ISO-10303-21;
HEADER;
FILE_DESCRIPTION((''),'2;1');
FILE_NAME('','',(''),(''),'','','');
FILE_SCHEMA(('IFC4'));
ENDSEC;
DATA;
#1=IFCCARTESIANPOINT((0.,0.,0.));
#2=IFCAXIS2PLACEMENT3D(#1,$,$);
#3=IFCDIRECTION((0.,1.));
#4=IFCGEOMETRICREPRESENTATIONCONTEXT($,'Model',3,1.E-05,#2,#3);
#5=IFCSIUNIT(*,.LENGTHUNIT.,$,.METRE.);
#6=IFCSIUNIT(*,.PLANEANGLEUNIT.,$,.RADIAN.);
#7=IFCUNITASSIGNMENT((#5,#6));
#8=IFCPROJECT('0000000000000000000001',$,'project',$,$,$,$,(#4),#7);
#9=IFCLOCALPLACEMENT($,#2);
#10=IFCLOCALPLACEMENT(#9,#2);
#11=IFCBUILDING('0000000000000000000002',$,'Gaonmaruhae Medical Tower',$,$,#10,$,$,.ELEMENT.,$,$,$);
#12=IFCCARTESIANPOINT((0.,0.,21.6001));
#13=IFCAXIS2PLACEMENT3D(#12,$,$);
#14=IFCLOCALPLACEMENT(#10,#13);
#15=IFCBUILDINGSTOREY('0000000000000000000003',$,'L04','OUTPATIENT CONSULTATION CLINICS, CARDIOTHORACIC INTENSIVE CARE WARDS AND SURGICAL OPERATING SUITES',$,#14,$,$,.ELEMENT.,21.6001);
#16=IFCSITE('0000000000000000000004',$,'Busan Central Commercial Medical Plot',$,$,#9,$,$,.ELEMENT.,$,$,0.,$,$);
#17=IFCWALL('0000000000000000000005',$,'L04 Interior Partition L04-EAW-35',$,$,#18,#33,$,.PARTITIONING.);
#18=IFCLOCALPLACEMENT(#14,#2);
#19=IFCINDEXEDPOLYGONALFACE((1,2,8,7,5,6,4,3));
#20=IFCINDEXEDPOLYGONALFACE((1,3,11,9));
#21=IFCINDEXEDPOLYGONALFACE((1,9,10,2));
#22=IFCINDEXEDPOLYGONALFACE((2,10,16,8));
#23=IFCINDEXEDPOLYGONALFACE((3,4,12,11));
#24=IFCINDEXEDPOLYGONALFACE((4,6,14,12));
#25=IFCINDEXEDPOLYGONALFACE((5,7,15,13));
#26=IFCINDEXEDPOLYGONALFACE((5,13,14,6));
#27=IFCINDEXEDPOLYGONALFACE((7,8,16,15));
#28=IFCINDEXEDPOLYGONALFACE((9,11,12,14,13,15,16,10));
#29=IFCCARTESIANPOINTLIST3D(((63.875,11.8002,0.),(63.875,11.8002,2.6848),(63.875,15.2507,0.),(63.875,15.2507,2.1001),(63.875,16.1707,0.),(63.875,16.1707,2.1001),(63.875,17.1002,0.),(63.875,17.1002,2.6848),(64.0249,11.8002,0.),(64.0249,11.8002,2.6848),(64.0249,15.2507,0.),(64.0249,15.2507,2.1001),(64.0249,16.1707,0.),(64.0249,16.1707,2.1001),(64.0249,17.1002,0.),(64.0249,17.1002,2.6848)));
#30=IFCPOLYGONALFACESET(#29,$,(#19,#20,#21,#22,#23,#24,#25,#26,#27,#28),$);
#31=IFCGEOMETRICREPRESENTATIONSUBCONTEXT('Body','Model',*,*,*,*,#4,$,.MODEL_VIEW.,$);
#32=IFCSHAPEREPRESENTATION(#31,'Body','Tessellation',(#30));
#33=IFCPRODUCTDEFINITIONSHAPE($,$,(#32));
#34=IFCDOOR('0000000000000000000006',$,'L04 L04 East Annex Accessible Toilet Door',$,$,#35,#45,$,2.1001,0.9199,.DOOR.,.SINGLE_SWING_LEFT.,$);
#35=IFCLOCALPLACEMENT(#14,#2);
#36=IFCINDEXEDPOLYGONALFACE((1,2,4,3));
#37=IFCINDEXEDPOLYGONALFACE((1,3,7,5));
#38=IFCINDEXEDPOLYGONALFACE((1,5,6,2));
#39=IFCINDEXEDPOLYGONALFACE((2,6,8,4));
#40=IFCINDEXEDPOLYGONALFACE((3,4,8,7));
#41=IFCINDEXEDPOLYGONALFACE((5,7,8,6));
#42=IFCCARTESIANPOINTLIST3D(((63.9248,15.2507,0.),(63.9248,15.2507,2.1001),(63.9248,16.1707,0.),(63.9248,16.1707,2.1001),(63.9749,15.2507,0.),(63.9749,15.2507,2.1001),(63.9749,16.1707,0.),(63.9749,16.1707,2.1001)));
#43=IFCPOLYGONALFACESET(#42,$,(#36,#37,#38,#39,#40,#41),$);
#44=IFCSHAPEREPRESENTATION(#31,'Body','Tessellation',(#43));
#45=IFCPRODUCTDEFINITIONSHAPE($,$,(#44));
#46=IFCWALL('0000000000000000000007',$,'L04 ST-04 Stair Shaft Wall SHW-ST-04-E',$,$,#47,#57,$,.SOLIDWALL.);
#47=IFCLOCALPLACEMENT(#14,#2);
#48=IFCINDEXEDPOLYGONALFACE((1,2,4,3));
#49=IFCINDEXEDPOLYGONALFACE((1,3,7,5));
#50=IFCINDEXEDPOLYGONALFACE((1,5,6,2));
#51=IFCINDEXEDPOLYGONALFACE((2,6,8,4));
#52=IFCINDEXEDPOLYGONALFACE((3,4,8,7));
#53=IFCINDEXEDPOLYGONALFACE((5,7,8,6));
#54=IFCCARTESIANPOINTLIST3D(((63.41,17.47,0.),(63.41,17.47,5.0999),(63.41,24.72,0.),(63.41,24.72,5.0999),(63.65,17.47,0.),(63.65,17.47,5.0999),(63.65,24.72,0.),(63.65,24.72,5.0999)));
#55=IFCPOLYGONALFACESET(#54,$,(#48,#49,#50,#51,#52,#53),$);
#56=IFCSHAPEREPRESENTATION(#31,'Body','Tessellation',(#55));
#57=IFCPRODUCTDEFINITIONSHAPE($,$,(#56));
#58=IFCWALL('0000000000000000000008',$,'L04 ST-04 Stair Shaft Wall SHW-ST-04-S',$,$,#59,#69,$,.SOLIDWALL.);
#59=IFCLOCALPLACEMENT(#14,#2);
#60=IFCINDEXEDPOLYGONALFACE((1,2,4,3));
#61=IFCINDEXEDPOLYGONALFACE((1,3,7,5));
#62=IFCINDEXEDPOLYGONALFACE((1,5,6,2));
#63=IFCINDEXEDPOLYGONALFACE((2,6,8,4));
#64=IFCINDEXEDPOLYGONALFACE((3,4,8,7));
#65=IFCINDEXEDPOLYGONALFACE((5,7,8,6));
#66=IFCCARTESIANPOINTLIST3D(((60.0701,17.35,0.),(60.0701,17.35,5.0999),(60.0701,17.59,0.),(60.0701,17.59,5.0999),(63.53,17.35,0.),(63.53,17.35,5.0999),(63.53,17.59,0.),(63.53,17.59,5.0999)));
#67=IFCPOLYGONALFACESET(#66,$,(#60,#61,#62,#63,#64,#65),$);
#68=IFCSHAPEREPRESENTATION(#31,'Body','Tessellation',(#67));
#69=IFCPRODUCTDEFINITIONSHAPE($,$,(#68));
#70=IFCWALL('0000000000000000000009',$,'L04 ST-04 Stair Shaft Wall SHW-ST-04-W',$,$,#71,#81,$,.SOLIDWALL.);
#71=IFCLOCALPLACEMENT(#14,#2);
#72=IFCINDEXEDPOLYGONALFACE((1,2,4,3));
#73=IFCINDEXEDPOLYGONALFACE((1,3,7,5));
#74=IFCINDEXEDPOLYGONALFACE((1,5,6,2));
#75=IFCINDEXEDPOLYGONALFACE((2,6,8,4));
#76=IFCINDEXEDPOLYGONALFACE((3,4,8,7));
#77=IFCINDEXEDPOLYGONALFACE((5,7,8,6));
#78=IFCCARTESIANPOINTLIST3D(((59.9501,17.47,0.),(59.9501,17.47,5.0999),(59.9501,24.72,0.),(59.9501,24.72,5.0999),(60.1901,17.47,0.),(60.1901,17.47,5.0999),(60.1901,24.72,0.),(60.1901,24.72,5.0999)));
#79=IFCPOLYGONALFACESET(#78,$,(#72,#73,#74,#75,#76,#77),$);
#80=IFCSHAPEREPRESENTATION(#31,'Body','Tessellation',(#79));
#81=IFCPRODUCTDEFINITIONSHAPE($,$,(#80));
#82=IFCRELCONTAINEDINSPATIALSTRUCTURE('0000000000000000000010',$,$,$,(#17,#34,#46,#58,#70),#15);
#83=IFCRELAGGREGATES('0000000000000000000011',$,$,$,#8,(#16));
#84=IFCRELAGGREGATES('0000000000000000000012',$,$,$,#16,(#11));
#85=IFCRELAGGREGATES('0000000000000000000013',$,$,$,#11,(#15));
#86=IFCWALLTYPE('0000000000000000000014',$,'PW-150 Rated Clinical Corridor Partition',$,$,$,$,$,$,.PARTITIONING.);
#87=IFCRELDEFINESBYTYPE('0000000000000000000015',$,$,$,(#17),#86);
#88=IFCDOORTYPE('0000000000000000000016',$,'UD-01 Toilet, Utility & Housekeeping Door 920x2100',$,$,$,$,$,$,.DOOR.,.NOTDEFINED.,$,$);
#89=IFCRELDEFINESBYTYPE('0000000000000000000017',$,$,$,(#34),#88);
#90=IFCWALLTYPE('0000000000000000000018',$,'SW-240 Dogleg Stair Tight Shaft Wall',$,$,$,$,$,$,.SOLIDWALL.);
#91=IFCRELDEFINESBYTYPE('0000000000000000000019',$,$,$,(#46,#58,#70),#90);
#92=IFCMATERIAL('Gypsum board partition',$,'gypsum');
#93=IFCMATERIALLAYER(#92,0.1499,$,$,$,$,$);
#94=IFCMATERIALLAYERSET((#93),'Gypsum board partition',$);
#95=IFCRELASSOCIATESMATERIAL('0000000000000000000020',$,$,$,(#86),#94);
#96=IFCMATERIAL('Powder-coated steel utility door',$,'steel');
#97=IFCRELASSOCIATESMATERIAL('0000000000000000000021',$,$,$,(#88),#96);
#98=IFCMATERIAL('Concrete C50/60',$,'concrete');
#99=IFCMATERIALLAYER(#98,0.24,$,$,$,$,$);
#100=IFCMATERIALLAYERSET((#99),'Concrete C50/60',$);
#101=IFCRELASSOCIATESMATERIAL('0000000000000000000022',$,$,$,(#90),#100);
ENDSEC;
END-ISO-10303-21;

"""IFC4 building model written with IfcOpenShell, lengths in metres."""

from ifc_helpers import new_model, si_unit, direction, frame, frame_2d, origin, place, context, subcontext, project, spatial, rectangle, extrude, material, layer, layer_set, type_object, element, fill, save


model = new_model("IFC4")

# Units and contexts
model_context = context("Model", 3, precision=1e-05, world=origin(), true_north=direction((0.0, 1.0)))
body_context = subcontext(model_context, "Body", "Model", "MODEL_VIEW")
ifc_project = project(units=[si_unit("LENGTHUNIT", "METRE"), si_unit("PLANEANGLEUNIT", "RADIAN")], contexts=[model_context])

# Site, building, storey
site_placement = place(None, origin())
site = spatial("IfcSite", under=ifc_project, at=site_placement, Name="Busan Central Commercial Medical Plot", CompositionType="ELEMENT", RefElevation=0.0)
building_placement = place(site_placement, origin())
building = spatial("IfcBuilding", under=site, at=building_placement, Name="Gaonmaruhae Medical Tower", CompositionType="ELEMENT")
storey_placement = place(building_placement, frame((0.0, 0.0, 21.6001)))
storey = spatial("IfcBuildingStorey", under=building, at=storey_placement, Name="L04", Description="OUTPATIENT CONSULTATION CLINICS, CARDIOTHORACIC INTENSIVE CARE WARDS AND SURGICAL OPERATING SUITES", CompositionType="ELEMENT", Elevation=21.6001)

# Shared definitions
ifc_material_1 = material(Name="Concrete C50/60", Category="concrete")

# Shared definitions
ifc_material_2 = material(Name="Gypsum board partition", Category="gypsum")
ifc_layer_1 = layer(ifc_material_2, 0.1499)
ifc_layer_set_1 = layer_set([ifc_layer_1], Name="Gypsum board partition")
wall_type_1 = type_object("IfcWallType", Name="PW-150 Rated Clinical Corridor Partition", PredefinedType="PARTITIONING", material=ifc_layer_set_1)

# Wall, opening, door
wall_1_placement = place(storey_placement, frame((63.95, 17.1001, 0.0), z_axis=(0.0, 0.0, 1.0), x_axis=(0.0, -1.0, 0.0)))
wall_1 = element("IfcWall", 1, at=wall_1_placement, inside=storey, type_object=wall_type_1, Name="L04 Interior Partition L04-EAW-35", PredefinedType="PARTITIONING", context=body_context, shape_type="SweptSolid", body=[
    extrude(rectangle(XDim=5.3, YDim=0.1499, at=frame_2d((2.6499, 0.0))), origin(), (0.0, 0.0, 1.0), 2.6848),
])
opening_1_placement = place(wall_1_placement, frame((0.9294, 0.0, 0.0)))
opening_1 = element("IfcOpeningElement", 2, at=opening_1_placement, cuts=wall_1, PredefinedType="OPENING", context=body_context, shape_type="SweptSolid", body=[
    extrude(rectangle(XDim=0.9199, YDim=2.1001, at=frame_2d((0.46, 1.05))), frame((0.0, 0.085, 0.0), z_axis=(0.0, -1.0, 0.0), x_axis=(1.0, 0.0, 0.0)), (0.0, 0.0, 1.0), 0.1699),
])
ifc_material_3 = material(Name="Powder-coated steel utility door", Category="steel")
door_type_1 = type_object("IfcDoorType", Name="UD-01 Toilet, Utility & Housekeeping Door 920x2100", OperationType="NOTDEFINED", PredefinedType="DOOR", material=ifc_material_3)
door_1_placement = place(opening_1_placement, origin())
door_1 = element("IfcDoor", 3, at=door_1_placement, inside=storey, type_object=door_type_1, Name="L04 L04 East Annex Accessible Toilet Door", OperationType="SINGLE_SWING_LEFT", OverallHeight=2.1001, OverallWidth=0.9199, PredefinedType="DOOR", context=body_context, shape_type="SweptSolid", body=[
    extrude(rectangle(XDim=0.9199, YDim=2.1001, at=frame_2d((0.46, 1.05))), frame((0.0, 0.0249, 0.0), z_axis=(0.0, -1.0, 0.0), x_axis=(1.0, 0.0, 0.0)), (0.0, 0.0, 1.0), 0.05),
])
fill(opening_1, door_1)
ifc_layer_2 = layer(ifc_material_1, 0.24)
ifc_layer_set_2 = layer_set([ifc_layer_2], Name="Concrete C50/60")
wall_type_2 = type_object("IfcWallType", Name="SW-240 Dogleg Stair Tight Shaft Wall", PredefinedType="SOLIDWALL", material=ifc_layer_set_2)

# Walls
wall_2_placement = place(storey_placement, frame((63.53, 24.72, 0.0), z_axis=(0.0, 0.0, 1.0), x_axis=(0.0, -1.0, 0.0)))
element("IfcWall", 4, at=wall_2_placement, inside=storey, type_object=wall_type_2, Name="L04 ST-04 Stair Shaft Wall SHW-ST-04-E", PredefinedType="SOLIDWALL", context=body_context, shape_type="SweptSolid", body=[
    extrude(rectangle(XDim=7.25, YDim=0.24, at=frame_2d((3.625, 0.0))), origin(), (0.0, 0.0, 1.0), 5.0999),
])
wall_3_placement = place(storey_placement, frame((63.53, 17.47, 0.0), z_axis=(0.0, 0.0, 1.0), x_axis=(-1.0, 0.0, 0.0)))
element("IfcWall", 5, at=wall_3_placement, inside=storey, type_object=wall_type_2, Name="L04 ST-04 Stair Shaft Wall SHW-ST-04-S", PredefinedType="SOLIDWALL", context=body_context, shape_type="SweptSolid", body=[
    extrude(rectangle(XDim=3.46, YDim=0.24, at=frame_2d((1.73, 0.0))), origin(), (0.0, 0.0, 1.0), 5.0999),
])
wall_4_placement = place(storey_placement, frame((60.0701, 17.47, 0.0), z_axis=(0.0, 0.0, 1.0), x_axis=(0.0, 1.0, 0.0)))
element("IfcWall", 6, at=wall_4_placement, inside=storey, type_object=wall_type_2, Name="L04 ST-04 Stair Shaft Wall SHW-ST-04-W", PredefinedType="SOLIDWALL", context=body_context, shape_type="SweptSolid", body=[
    extrude(rectangle(XDim=7.25, YDim=0.24, at=frame_2d((3.625, 0.0))), origin(), (0.0, 0.0, 1.0), 5.0999),
])

save(model, "model.ifc")
